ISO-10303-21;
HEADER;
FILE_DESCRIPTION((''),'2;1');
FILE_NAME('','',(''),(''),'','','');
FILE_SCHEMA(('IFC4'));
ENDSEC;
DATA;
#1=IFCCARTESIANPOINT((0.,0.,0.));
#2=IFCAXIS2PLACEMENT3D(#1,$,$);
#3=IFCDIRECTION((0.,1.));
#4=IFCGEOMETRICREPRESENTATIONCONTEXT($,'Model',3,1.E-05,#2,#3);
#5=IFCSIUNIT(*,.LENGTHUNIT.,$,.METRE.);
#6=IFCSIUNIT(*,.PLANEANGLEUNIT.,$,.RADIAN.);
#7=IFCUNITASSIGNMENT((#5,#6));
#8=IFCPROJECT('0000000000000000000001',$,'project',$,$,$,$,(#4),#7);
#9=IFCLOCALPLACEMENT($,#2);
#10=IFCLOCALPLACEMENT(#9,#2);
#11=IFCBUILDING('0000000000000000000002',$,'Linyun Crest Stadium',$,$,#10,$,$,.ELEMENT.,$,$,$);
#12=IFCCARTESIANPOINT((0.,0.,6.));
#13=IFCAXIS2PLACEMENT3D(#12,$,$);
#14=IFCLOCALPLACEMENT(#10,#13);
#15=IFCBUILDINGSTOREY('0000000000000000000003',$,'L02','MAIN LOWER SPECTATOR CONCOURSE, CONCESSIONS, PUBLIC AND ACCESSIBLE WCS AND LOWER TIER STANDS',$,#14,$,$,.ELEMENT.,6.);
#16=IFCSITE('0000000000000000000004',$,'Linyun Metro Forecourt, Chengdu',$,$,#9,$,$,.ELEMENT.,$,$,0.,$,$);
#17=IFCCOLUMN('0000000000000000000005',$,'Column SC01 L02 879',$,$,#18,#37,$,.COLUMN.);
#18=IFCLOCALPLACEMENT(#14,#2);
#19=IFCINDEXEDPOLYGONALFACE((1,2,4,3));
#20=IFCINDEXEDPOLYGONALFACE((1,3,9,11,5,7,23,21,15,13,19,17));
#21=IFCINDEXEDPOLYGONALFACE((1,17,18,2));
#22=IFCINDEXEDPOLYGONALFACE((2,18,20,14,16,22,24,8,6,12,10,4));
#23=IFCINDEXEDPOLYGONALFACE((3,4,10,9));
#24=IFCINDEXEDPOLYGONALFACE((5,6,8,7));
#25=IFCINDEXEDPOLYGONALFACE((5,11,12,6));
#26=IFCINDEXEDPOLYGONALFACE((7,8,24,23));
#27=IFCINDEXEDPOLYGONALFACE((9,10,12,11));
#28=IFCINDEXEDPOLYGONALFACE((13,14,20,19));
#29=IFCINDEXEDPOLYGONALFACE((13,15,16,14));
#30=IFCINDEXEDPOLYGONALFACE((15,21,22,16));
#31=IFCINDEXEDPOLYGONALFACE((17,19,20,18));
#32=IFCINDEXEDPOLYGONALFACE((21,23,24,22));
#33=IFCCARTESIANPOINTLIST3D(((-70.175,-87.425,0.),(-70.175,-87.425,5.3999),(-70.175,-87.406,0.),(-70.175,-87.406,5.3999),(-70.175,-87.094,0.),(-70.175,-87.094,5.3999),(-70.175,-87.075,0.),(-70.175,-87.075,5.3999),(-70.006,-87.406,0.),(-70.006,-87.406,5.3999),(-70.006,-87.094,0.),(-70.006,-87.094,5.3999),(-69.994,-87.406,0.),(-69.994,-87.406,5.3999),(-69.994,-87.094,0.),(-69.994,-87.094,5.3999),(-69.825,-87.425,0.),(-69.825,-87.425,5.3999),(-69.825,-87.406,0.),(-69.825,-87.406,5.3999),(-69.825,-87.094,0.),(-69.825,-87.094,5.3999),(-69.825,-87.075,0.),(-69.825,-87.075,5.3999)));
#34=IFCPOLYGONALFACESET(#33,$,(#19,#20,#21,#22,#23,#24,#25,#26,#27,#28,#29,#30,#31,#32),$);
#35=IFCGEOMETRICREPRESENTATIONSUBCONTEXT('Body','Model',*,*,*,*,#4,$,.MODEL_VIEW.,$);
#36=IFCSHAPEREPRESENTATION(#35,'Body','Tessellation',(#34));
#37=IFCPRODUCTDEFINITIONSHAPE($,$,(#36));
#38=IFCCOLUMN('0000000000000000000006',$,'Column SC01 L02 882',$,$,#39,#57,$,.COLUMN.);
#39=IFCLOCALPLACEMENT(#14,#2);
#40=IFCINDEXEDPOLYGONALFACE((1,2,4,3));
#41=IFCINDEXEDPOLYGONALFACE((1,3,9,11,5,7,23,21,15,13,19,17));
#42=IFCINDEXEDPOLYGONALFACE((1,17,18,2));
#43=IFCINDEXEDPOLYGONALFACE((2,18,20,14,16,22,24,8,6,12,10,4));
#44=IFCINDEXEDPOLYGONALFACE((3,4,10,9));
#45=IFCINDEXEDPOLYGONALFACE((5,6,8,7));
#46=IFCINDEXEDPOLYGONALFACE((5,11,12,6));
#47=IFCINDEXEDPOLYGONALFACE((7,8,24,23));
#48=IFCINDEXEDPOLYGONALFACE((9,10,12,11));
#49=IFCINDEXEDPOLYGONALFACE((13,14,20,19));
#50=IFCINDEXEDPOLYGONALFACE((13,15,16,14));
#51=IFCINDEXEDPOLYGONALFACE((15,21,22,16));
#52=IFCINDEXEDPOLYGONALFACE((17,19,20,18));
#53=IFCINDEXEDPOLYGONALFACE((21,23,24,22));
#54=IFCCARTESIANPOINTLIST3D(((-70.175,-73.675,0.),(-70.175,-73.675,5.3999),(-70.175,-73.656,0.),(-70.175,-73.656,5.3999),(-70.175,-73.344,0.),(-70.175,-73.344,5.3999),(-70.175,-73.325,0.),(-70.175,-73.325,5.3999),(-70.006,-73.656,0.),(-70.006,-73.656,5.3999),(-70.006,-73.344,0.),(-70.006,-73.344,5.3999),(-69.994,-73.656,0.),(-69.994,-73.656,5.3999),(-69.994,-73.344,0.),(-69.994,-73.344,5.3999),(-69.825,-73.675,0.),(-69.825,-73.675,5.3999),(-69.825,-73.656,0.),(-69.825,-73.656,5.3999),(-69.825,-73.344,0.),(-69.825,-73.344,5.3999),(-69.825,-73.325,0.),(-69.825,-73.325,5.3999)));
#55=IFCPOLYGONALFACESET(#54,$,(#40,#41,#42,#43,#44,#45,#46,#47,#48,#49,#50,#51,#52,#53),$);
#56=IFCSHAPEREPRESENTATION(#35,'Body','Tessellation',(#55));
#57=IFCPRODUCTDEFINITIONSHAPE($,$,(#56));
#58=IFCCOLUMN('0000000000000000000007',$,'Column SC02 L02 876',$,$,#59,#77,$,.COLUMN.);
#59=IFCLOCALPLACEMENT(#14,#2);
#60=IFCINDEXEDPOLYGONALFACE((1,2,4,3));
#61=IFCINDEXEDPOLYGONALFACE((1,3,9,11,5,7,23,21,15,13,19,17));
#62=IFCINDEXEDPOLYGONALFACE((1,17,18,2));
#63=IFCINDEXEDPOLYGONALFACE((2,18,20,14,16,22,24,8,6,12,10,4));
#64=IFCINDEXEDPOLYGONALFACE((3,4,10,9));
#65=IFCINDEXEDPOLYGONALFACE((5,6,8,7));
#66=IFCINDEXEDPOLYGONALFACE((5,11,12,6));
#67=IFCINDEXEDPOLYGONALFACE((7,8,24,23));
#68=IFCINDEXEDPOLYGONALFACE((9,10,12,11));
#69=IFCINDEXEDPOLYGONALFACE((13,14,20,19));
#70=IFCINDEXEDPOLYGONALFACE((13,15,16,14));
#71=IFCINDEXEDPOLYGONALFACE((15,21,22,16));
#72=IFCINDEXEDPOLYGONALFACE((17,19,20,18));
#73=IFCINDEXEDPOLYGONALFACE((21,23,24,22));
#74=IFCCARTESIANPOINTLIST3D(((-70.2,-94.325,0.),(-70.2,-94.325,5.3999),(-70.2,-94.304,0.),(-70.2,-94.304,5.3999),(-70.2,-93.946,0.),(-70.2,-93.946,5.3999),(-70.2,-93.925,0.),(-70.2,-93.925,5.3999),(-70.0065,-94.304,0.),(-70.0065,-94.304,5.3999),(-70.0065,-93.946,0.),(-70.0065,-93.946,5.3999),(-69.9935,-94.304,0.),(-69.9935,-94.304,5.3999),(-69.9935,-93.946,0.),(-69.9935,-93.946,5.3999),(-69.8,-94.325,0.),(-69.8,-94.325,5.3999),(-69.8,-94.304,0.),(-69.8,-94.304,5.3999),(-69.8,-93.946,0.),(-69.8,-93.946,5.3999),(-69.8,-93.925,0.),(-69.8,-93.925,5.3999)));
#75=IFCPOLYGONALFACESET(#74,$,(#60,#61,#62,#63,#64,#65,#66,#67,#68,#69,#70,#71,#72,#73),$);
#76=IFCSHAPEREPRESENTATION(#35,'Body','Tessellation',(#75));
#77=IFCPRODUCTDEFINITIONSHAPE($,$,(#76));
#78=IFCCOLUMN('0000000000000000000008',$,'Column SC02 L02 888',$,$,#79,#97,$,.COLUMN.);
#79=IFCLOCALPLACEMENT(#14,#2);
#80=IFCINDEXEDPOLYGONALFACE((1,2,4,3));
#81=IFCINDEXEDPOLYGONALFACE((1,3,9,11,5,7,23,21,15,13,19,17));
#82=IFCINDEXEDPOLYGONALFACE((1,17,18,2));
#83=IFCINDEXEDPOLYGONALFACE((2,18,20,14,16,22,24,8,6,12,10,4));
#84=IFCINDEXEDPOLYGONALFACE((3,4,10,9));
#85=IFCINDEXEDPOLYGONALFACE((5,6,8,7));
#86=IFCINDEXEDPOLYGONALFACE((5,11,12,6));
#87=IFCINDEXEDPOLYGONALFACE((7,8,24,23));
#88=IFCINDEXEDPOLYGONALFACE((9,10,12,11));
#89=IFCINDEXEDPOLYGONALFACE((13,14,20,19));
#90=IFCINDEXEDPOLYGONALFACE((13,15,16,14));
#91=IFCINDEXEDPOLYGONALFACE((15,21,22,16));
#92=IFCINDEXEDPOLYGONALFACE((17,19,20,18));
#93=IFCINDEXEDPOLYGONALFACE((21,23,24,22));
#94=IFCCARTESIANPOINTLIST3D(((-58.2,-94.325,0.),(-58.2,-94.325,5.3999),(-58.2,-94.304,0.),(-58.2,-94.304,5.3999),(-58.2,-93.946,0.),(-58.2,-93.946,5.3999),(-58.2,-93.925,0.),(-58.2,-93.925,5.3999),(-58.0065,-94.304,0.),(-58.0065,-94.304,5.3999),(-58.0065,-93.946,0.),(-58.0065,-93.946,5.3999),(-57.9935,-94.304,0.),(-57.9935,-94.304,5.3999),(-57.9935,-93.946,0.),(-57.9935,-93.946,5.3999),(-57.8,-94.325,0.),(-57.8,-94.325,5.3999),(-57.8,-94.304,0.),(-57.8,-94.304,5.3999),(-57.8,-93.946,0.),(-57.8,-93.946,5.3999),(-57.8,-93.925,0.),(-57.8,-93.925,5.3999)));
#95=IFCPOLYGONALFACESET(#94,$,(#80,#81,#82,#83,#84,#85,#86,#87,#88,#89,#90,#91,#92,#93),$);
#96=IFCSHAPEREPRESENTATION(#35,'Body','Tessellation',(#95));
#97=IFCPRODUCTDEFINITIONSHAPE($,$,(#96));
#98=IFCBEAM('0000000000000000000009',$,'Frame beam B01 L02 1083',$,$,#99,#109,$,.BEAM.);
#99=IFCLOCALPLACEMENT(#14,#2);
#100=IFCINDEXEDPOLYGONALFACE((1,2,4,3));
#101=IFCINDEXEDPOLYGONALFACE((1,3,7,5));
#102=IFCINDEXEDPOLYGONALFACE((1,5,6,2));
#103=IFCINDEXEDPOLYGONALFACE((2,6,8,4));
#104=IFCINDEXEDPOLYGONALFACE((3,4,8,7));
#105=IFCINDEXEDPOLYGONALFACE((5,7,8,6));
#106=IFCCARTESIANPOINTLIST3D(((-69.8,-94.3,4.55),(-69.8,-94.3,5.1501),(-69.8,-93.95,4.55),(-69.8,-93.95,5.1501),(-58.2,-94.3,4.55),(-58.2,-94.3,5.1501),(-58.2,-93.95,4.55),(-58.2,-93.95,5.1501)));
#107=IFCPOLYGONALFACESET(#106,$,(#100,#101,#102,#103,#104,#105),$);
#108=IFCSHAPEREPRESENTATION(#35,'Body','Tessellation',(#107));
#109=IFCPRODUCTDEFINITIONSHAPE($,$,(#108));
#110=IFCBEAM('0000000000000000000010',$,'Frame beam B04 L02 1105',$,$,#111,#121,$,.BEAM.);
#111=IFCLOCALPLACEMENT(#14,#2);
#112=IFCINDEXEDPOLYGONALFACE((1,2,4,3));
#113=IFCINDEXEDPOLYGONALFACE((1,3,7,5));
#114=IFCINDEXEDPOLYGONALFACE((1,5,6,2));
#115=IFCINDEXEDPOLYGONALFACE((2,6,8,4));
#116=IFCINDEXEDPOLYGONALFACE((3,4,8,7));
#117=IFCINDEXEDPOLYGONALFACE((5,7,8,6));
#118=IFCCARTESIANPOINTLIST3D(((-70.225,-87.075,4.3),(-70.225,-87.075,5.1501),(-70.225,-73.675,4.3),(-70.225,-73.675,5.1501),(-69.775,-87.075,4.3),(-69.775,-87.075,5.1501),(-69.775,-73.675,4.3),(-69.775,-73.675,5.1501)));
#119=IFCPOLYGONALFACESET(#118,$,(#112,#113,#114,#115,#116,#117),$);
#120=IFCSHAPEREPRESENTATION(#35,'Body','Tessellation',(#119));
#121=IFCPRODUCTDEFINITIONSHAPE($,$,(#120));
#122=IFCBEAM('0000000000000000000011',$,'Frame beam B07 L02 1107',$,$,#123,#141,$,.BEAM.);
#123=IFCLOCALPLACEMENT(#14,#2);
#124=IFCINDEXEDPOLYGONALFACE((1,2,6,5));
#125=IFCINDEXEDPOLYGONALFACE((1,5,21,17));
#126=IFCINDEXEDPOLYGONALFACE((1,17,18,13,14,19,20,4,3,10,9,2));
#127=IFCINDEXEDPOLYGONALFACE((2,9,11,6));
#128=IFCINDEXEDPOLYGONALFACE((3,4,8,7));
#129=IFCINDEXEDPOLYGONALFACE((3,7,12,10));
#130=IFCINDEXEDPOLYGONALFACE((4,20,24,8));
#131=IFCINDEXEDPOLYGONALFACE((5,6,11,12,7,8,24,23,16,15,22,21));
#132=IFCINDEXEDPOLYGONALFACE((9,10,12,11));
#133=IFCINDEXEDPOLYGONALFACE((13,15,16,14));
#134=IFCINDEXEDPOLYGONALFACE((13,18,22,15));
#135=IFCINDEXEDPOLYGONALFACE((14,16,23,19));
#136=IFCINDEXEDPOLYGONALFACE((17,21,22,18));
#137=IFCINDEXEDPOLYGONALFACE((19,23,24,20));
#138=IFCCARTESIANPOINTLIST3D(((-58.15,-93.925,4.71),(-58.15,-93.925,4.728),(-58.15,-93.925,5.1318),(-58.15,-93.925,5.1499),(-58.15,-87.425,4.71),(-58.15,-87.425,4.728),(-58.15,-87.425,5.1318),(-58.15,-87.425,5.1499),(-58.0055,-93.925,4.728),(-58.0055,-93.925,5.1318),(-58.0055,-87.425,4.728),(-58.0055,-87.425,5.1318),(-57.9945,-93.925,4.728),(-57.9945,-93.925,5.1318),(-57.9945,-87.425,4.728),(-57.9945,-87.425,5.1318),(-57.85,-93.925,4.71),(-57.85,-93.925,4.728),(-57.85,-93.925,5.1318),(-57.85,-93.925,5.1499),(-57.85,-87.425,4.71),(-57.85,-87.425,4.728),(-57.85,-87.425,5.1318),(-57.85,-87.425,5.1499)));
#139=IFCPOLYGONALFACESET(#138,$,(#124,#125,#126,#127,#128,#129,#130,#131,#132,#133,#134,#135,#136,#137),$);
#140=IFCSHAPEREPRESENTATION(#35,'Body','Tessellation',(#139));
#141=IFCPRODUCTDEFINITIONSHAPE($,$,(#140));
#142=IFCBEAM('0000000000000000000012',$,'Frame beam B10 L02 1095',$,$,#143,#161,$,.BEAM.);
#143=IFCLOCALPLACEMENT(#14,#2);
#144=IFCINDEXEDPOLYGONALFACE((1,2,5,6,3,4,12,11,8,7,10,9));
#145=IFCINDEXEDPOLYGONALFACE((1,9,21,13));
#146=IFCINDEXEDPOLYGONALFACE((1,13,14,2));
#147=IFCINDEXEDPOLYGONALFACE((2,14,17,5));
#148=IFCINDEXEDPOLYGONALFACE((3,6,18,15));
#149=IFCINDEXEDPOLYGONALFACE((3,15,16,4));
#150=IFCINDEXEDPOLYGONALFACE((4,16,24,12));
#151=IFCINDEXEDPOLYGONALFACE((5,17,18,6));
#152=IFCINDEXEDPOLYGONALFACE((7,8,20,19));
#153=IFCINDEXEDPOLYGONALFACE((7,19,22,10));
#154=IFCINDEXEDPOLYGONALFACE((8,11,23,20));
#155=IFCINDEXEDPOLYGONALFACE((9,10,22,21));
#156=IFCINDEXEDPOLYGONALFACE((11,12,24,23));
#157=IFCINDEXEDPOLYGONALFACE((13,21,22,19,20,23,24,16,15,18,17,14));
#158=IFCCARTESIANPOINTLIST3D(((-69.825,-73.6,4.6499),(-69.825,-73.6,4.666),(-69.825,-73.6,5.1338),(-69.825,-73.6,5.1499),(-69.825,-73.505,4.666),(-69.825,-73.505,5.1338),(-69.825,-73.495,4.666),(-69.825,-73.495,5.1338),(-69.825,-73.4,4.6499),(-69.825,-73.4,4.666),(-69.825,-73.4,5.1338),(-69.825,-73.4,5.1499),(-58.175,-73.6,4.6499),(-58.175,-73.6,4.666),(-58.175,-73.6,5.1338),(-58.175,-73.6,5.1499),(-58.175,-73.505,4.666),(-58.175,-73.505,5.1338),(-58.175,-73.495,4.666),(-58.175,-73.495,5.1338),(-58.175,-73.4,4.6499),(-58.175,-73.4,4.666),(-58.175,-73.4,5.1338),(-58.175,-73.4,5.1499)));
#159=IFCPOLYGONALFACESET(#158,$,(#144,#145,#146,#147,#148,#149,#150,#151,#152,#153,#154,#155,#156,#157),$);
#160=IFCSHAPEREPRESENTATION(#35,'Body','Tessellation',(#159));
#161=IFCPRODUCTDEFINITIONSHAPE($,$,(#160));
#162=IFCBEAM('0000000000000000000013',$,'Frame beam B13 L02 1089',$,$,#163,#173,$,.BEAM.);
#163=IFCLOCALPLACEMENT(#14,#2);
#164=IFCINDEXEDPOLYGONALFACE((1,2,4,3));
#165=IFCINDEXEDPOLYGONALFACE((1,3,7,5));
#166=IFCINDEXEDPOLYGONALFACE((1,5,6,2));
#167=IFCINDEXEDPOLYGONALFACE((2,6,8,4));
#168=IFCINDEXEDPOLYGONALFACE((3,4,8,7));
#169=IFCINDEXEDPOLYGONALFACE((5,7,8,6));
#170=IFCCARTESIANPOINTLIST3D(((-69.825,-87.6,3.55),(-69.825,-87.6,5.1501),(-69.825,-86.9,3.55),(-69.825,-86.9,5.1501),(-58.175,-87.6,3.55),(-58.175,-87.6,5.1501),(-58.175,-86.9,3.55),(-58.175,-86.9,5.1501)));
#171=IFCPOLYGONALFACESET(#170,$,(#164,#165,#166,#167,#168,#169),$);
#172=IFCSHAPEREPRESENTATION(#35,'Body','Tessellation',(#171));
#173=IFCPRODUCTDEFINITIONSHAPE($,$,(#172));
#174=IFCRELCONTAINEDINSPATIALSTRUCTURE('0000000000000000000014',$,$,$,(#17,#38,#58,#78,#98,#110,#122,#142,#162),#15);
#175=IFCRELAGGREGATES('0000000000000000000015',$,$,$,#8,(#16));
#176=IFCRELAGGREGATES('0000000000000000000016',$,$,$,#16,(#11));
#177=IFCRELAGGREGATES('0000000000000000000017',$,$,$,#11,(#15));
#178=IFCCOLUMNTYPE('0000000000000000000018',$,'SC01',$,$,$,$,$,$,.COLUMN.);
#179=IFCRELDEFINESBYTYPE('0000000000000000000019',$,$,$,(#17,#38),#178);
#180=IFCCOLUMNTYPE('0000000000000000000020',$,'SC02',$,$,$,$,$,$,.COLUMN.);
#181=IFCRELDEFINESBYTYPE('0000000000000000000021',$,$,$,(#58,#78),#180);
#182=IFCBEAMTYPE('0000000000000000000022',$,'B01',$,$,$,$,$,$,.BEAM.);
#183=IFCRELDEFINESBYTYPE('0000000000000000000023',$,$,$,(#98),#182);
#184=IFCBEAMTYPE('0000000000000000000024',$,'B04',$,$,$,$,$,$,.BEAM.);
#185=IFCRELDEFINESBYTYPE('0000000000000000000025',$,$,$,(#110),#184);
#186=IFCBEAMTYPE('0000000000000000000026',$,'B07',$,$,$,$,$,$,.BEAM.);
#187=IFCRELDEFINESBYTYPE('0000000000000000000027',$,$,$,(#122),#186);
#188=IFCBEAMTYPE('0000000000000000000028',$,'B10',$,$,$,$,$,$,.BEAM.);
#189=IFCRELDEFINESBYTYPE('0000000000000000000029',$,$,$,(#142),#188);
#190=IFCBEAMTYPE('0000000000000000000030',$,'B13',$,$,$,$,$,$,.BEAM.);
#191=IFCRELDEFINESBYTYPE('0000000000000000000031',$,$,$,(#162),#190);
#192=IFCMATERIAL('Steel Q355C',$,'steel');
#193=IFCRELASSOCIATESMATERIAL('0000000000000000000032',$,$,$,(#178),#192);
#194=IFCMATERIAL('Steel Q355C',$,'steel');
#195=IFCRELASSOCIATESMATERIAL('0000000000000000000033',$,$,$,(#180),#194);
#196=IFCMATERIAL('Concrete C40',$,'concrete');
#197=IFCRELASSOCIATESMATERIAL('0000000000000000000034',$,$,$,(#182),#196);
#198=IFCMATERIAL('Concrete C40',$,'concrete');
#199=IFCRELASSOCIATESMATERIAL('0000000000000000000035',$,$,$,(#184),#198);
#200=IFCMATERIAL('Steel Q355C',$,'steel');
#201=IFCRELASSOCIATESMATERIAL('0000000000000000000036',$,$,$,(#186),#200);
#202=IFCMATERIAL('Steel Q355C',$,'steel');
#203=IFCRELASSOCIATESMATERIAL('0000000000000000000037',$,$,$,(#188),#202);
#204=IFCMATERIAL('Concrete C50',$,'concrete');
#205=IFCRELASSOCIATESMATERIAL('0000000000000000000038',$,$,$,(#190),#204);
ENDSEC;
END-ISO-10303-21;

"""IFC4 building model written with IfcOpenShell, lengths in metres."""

from ifc_helpers import new_model, si_unit, direction, frame, origin, origin_2d, place, context, subcontext, project, spatial, rectangle, i_section, extrude, material, material_profile, profile_set, type_object, element, save


model = new_model("IFC4")

# Units and contexts
model_context = context("Model", 3, precision=1e-05, world=origin(), true_north=direction((0.0, 1.0)))
body_context = subcontext(model_context, "Body", "Model", "MODEL_VIEW")
ifc_project = project(units=[si_unit("LENGTHUNIT", "METRE"), si_unit("PLANEANGLEUNIT", "RADIAN")], contexts=[model_context])

# Site, building, storey
site_placement = place(None, origin())
site = spatial("IfcSite", under=ifc_project, at=site_placement, Name="Linyun Metro Forecourt, Chengdu", CompositionType="ELEMENT", RefElevation=0.0)
building_placement = place(site_placement, origin())
building = spatial("IfcBuilding", under=site, at=building_placement, Name="Linyun Crest Stadium", CompositionType="ELEMENT")
storey_placement = place(building_placement, frame((0.0, 0.0, 6.0)))
storey = spatial("IfcBuildingStorey", under=building, at=storey_placement, Name="L02", Description="MAIN LOWER SPECTATOR CONCOURSE, CONCESSIONS, PUBLIC AND ACCESSIBLE WCS AND LOWER TIER STANDS", CompositionType="ELEMENT", Elevation=6.0)

# Columns
ifc_material_1 = material(Name="Steel Q355C", Category="steel")
ifc_material_profile_1 = material_profile(ifc_material_1, i_section(OverallWidth=0.3501, OverallDepth=0.3501, WebThickness=0.012, FlangeThickness=0.019, at=origin_2d()), Name="HW 350x350")
ifc_profile_set_1 = profile_set([ifc_material_profile_1], Name="Steel Q355C")
column_type_1 = type_object("IfcColumnType", Name="SC01", PredefinedType="COLUMN", material=ifc_profile_set_1)
for number, where, z_axis, x_axis, name in (
    (1, (-70.0, -87.25, 0.0), (0.0, 0.0, 1.0), (1.0, 0.0, 0.0), "Column SC01 L02 879"),
    (2, (-70.0, -73.5, 0.0), (0.0, 0.0, 1.0), (1.0, 0.0, 0.0), "Column SC01 L02 882"),
):
    element("IfcColumn", number, at=place(storey_placement, frame(where, z_axis=z_axis, x_axis=x_axis)), inside=storey, type_object=column_type_1, Name=name, PredefinedType="COLUMN", context=body_context, shape_type="SweptSolid", body=[
        extrude(i_section(OverallWidth=0.3501, OverallDepth=0.3501, WebThickness=0.012, FlangeThickness=0.019, at=origin_2d()), origin(), (0.0, 0.0, 1.0), 5.3999),
    ])
ifc_material_2 = material(Name="Steel Q355C", Category="steel")
ifc_material_profile_2 = material_profile(ifc_material_2, i_section(OverallWidth=0.3999, OverallDepth=0.3999, WebThickness=0.0129, FlangeThickness=0.021, at=origin_2d()), Name="HW 400x400")
ifc_profile_set_2 = profile_set([ifc_material_profile_2], Name="Steel Q355C")
column_type_2 = type_object("IfcColumnType", Name="SC02", PredefinedType="COLUMN", material=ifc_profile_set_2)
for number, where, z_axis, x_axis, name in (
    (3, (-70.0, -94.125, 0.0), (0.0, 0.0, 1.0), (1.0, 0.0, 0.0), "Column SC02 L02 876"),
    (4, (-58.0, -94.125, 0.0), (0.0, 0.0, 1.0), (1.0, 0.0, 0.0), "Column SC02 L02 888"),
):
    element("IfcColumn", number, at=place(storey_placement, frame(where, z_axis=z_axis, x_axis=x_axis)), inside=storey, type_object=column_type_2, Name=name, PredefinedType="COLUMN", context=body_context, shape_type="SweptSolid", body=[
        extrude(i_section(OverallWidth=0.3999, OverallDepth=0.3999, WebThickness=0.0129, FlangeThickness=0.021, at=origin_2d()), origin(), (0.0, 0.0, 1.0), 5.3999),
    ])

# Beams
ifc_material_3 = material(Name="Concrete C40", Category="concrete")
ifc_material_profile_3 = material_profile(ifc_material_3, rectangle(XDim=0.3501, YDim=0.6001, at=origin_2d()), Name="RCB 600x350")
ifc_profile_set_3 = profile_set([ifc_material_profile_3], Name="Concrete C40")
beam_type_1 = type_object("IfcBeamType", Name="B01", PredefinedType="BEAM", material=ifc_profile_set_3)
beam_1_placement = place(storey_placement, frame((-69.8, -94.125, 4.8501), z_axis=(1.0, 0.0, 0.0), x_axis=(0.0, 1.0, 0.0)))
element("IfcBeam", 5, at=beam_1_placement, inside=storey, type_object=beam_type_1, Name="Frame beam B01 L02 1083", PredefinedType="BEAM", context=body_context, shape_type="SweptSolid", body=[
    extrude(rectangle(XDim=0.3501, YDim=0.6001, at=origin_2d()), origin(), (0.0, 0.0, 1.0), 11.6001),
])
ifc_material_4 = material(Name="Concrete C40", Category="concrete")
ifc_material_profile_4 = material_profile(ifc_material_4, rectangle(XDim=0.45, YDim=0.8501, at=origin_2d()), Name="RCB 850x450")
ifc_profile_set_4 = profile_set([ifc_material_profile_4], Name="Concrete C40")
beam_type_2 = type_object("IfcBeamType", Name="B04", PredefinedType="BEAM", material=ifc_profile_set_4)
beam_2_placement = place(storey_placement, frame((-70.0, -87.075, 4.7251), z_axis=(0.0, 1.0, 0.0), x_axis=(-1.0, 0.0, 0.0)))
element("IfcBeam", 6, at=beam_2_placement, inside=storey, type_object=beam_type_2, Name="Frame beam B04 L02 1105", PredefinedType="BEAM", context=body_context, shape_type="SweptSolid", body=[
    extrude(rectangle(XDim=0.45, YDim=0.8501, at=origin_2d()), origin(), (0.0, 0.0, 1.0), 13.3999),
])
ifc_material_5 = material(Name="Steel Q355C", Category="steel")
ifc_material_profile_5 = material_profile(ifc_material_5, i_section(OverallWidth=0.3, OverallDepth=0.4399, WebThickness=0.011, FlangeThickness=0.0181, at=origin_2d()), Name="HM 440x300")
ifc_profile_set_5 = profile_set([ifc_material_profile_5], Name="Steel Q355C")
beam_type_3 = type_object("IfcBeamType", Name="B07", PredefinedType="BEAM", material=ifc_profile_set_5)
beam_3_placement = place(storey_placement, frame((-58.0, -93.925, 4.9299), z_axis=(0.0, 1.0, 0.0), x_axis=(-1.0, 0.0, 0.0)))
element("IfcBeam", 7, at=beam_3_placement, inside=storey, type_object=beam_type_3, Name="Frame beam B07 L02 1107", PredefinedType="BEAM", context=body_context, shape_type="SweptSolid", body=[
    extrude(i_section(OverallWidth=0.3, OverallDepth=0.4399, WebThickness=0.011, FlangeThickness=0.0181, at=origin_2d()), origin(), (0.0, 0.0, 1.0), 6.5),
])
ifc_material_6 = material(Name="Steel Q355C", Category="steel")
ifc_material_profile_6 = material_profile(ifc_material_6, i_section(OverallWidth=0.2, OverallDepth=0.5, WebThickness=0.01, FlangeThickness=0.0161, at=origin_2d()), Name="HN 500x200")
ifc_profile_set_6 = profile_set([ifc_material_profile_6], Name="Steel Q355C")
beam_type_4 = type_object("IfcBeamType", Name="B10", PredefinedType="BEAM", material=ifc_profile_set_6)
beam_4_placement = place(storey_placement, frame((-69.825, -73.5, 4.8999), z_axis=(1.0, 0.0, 0.0), x_axis=(0.0, 1.0, 0.0)))
element("IfcBeam", 8, at=beam_4_placement, inside=storey, type_object=beam_type_4, Name="Frame beam B10 L02 1095", PredefinedType="BEAM", context=body_context, shape_type="SweptSolid", body=[
    extrude(i_section(OverallWidth=0.2, OverallDepth=0.5, WebThickness=0.01, FlangeThickness=0.0161, at=origin_2d()), origin(), (0.0, 0.0, 1.0), 11.6499),
])
ifc_material_7 = material(Name="Concrete C50", Category="concrete")
ifc_material_profile_7 = material_profile(ifc_material_7, rectangle(XDim=0.7, YDim=1.6001, at=origin_2d()), Name="RCB 1600x700")
ifc_profile_set_7 = profile_set([ifc_material_profile_7], Name="Concrete C50")
beam_type_5 = type_object("IfcBeamType", Name="B13", PredefinedType="BEAM", material=ifc_profile_set_7)
beam_5_placement = place(storey_placement, frame((-69.825, -87.25, 4.3501), z_axis=(1.0, 0.0, 0.0), x_axis=(0.0, 1.0, 0.0)))
element("IfcBeam", 9, at=beam_5_placement, inside=storey, type_object=beam_type_5, Name="Frame beam B13 L02 1089", PredefinedType="BEAM", context=body_context, shape_type="SweptSolid", body=[
    extrude(rectangle(XDim=0.7, YDim=1.6001, at=origin_2d()), origin(), (0.0, 0.0, 1.0), 11.6499),
])

save(model, "model.ifc")
